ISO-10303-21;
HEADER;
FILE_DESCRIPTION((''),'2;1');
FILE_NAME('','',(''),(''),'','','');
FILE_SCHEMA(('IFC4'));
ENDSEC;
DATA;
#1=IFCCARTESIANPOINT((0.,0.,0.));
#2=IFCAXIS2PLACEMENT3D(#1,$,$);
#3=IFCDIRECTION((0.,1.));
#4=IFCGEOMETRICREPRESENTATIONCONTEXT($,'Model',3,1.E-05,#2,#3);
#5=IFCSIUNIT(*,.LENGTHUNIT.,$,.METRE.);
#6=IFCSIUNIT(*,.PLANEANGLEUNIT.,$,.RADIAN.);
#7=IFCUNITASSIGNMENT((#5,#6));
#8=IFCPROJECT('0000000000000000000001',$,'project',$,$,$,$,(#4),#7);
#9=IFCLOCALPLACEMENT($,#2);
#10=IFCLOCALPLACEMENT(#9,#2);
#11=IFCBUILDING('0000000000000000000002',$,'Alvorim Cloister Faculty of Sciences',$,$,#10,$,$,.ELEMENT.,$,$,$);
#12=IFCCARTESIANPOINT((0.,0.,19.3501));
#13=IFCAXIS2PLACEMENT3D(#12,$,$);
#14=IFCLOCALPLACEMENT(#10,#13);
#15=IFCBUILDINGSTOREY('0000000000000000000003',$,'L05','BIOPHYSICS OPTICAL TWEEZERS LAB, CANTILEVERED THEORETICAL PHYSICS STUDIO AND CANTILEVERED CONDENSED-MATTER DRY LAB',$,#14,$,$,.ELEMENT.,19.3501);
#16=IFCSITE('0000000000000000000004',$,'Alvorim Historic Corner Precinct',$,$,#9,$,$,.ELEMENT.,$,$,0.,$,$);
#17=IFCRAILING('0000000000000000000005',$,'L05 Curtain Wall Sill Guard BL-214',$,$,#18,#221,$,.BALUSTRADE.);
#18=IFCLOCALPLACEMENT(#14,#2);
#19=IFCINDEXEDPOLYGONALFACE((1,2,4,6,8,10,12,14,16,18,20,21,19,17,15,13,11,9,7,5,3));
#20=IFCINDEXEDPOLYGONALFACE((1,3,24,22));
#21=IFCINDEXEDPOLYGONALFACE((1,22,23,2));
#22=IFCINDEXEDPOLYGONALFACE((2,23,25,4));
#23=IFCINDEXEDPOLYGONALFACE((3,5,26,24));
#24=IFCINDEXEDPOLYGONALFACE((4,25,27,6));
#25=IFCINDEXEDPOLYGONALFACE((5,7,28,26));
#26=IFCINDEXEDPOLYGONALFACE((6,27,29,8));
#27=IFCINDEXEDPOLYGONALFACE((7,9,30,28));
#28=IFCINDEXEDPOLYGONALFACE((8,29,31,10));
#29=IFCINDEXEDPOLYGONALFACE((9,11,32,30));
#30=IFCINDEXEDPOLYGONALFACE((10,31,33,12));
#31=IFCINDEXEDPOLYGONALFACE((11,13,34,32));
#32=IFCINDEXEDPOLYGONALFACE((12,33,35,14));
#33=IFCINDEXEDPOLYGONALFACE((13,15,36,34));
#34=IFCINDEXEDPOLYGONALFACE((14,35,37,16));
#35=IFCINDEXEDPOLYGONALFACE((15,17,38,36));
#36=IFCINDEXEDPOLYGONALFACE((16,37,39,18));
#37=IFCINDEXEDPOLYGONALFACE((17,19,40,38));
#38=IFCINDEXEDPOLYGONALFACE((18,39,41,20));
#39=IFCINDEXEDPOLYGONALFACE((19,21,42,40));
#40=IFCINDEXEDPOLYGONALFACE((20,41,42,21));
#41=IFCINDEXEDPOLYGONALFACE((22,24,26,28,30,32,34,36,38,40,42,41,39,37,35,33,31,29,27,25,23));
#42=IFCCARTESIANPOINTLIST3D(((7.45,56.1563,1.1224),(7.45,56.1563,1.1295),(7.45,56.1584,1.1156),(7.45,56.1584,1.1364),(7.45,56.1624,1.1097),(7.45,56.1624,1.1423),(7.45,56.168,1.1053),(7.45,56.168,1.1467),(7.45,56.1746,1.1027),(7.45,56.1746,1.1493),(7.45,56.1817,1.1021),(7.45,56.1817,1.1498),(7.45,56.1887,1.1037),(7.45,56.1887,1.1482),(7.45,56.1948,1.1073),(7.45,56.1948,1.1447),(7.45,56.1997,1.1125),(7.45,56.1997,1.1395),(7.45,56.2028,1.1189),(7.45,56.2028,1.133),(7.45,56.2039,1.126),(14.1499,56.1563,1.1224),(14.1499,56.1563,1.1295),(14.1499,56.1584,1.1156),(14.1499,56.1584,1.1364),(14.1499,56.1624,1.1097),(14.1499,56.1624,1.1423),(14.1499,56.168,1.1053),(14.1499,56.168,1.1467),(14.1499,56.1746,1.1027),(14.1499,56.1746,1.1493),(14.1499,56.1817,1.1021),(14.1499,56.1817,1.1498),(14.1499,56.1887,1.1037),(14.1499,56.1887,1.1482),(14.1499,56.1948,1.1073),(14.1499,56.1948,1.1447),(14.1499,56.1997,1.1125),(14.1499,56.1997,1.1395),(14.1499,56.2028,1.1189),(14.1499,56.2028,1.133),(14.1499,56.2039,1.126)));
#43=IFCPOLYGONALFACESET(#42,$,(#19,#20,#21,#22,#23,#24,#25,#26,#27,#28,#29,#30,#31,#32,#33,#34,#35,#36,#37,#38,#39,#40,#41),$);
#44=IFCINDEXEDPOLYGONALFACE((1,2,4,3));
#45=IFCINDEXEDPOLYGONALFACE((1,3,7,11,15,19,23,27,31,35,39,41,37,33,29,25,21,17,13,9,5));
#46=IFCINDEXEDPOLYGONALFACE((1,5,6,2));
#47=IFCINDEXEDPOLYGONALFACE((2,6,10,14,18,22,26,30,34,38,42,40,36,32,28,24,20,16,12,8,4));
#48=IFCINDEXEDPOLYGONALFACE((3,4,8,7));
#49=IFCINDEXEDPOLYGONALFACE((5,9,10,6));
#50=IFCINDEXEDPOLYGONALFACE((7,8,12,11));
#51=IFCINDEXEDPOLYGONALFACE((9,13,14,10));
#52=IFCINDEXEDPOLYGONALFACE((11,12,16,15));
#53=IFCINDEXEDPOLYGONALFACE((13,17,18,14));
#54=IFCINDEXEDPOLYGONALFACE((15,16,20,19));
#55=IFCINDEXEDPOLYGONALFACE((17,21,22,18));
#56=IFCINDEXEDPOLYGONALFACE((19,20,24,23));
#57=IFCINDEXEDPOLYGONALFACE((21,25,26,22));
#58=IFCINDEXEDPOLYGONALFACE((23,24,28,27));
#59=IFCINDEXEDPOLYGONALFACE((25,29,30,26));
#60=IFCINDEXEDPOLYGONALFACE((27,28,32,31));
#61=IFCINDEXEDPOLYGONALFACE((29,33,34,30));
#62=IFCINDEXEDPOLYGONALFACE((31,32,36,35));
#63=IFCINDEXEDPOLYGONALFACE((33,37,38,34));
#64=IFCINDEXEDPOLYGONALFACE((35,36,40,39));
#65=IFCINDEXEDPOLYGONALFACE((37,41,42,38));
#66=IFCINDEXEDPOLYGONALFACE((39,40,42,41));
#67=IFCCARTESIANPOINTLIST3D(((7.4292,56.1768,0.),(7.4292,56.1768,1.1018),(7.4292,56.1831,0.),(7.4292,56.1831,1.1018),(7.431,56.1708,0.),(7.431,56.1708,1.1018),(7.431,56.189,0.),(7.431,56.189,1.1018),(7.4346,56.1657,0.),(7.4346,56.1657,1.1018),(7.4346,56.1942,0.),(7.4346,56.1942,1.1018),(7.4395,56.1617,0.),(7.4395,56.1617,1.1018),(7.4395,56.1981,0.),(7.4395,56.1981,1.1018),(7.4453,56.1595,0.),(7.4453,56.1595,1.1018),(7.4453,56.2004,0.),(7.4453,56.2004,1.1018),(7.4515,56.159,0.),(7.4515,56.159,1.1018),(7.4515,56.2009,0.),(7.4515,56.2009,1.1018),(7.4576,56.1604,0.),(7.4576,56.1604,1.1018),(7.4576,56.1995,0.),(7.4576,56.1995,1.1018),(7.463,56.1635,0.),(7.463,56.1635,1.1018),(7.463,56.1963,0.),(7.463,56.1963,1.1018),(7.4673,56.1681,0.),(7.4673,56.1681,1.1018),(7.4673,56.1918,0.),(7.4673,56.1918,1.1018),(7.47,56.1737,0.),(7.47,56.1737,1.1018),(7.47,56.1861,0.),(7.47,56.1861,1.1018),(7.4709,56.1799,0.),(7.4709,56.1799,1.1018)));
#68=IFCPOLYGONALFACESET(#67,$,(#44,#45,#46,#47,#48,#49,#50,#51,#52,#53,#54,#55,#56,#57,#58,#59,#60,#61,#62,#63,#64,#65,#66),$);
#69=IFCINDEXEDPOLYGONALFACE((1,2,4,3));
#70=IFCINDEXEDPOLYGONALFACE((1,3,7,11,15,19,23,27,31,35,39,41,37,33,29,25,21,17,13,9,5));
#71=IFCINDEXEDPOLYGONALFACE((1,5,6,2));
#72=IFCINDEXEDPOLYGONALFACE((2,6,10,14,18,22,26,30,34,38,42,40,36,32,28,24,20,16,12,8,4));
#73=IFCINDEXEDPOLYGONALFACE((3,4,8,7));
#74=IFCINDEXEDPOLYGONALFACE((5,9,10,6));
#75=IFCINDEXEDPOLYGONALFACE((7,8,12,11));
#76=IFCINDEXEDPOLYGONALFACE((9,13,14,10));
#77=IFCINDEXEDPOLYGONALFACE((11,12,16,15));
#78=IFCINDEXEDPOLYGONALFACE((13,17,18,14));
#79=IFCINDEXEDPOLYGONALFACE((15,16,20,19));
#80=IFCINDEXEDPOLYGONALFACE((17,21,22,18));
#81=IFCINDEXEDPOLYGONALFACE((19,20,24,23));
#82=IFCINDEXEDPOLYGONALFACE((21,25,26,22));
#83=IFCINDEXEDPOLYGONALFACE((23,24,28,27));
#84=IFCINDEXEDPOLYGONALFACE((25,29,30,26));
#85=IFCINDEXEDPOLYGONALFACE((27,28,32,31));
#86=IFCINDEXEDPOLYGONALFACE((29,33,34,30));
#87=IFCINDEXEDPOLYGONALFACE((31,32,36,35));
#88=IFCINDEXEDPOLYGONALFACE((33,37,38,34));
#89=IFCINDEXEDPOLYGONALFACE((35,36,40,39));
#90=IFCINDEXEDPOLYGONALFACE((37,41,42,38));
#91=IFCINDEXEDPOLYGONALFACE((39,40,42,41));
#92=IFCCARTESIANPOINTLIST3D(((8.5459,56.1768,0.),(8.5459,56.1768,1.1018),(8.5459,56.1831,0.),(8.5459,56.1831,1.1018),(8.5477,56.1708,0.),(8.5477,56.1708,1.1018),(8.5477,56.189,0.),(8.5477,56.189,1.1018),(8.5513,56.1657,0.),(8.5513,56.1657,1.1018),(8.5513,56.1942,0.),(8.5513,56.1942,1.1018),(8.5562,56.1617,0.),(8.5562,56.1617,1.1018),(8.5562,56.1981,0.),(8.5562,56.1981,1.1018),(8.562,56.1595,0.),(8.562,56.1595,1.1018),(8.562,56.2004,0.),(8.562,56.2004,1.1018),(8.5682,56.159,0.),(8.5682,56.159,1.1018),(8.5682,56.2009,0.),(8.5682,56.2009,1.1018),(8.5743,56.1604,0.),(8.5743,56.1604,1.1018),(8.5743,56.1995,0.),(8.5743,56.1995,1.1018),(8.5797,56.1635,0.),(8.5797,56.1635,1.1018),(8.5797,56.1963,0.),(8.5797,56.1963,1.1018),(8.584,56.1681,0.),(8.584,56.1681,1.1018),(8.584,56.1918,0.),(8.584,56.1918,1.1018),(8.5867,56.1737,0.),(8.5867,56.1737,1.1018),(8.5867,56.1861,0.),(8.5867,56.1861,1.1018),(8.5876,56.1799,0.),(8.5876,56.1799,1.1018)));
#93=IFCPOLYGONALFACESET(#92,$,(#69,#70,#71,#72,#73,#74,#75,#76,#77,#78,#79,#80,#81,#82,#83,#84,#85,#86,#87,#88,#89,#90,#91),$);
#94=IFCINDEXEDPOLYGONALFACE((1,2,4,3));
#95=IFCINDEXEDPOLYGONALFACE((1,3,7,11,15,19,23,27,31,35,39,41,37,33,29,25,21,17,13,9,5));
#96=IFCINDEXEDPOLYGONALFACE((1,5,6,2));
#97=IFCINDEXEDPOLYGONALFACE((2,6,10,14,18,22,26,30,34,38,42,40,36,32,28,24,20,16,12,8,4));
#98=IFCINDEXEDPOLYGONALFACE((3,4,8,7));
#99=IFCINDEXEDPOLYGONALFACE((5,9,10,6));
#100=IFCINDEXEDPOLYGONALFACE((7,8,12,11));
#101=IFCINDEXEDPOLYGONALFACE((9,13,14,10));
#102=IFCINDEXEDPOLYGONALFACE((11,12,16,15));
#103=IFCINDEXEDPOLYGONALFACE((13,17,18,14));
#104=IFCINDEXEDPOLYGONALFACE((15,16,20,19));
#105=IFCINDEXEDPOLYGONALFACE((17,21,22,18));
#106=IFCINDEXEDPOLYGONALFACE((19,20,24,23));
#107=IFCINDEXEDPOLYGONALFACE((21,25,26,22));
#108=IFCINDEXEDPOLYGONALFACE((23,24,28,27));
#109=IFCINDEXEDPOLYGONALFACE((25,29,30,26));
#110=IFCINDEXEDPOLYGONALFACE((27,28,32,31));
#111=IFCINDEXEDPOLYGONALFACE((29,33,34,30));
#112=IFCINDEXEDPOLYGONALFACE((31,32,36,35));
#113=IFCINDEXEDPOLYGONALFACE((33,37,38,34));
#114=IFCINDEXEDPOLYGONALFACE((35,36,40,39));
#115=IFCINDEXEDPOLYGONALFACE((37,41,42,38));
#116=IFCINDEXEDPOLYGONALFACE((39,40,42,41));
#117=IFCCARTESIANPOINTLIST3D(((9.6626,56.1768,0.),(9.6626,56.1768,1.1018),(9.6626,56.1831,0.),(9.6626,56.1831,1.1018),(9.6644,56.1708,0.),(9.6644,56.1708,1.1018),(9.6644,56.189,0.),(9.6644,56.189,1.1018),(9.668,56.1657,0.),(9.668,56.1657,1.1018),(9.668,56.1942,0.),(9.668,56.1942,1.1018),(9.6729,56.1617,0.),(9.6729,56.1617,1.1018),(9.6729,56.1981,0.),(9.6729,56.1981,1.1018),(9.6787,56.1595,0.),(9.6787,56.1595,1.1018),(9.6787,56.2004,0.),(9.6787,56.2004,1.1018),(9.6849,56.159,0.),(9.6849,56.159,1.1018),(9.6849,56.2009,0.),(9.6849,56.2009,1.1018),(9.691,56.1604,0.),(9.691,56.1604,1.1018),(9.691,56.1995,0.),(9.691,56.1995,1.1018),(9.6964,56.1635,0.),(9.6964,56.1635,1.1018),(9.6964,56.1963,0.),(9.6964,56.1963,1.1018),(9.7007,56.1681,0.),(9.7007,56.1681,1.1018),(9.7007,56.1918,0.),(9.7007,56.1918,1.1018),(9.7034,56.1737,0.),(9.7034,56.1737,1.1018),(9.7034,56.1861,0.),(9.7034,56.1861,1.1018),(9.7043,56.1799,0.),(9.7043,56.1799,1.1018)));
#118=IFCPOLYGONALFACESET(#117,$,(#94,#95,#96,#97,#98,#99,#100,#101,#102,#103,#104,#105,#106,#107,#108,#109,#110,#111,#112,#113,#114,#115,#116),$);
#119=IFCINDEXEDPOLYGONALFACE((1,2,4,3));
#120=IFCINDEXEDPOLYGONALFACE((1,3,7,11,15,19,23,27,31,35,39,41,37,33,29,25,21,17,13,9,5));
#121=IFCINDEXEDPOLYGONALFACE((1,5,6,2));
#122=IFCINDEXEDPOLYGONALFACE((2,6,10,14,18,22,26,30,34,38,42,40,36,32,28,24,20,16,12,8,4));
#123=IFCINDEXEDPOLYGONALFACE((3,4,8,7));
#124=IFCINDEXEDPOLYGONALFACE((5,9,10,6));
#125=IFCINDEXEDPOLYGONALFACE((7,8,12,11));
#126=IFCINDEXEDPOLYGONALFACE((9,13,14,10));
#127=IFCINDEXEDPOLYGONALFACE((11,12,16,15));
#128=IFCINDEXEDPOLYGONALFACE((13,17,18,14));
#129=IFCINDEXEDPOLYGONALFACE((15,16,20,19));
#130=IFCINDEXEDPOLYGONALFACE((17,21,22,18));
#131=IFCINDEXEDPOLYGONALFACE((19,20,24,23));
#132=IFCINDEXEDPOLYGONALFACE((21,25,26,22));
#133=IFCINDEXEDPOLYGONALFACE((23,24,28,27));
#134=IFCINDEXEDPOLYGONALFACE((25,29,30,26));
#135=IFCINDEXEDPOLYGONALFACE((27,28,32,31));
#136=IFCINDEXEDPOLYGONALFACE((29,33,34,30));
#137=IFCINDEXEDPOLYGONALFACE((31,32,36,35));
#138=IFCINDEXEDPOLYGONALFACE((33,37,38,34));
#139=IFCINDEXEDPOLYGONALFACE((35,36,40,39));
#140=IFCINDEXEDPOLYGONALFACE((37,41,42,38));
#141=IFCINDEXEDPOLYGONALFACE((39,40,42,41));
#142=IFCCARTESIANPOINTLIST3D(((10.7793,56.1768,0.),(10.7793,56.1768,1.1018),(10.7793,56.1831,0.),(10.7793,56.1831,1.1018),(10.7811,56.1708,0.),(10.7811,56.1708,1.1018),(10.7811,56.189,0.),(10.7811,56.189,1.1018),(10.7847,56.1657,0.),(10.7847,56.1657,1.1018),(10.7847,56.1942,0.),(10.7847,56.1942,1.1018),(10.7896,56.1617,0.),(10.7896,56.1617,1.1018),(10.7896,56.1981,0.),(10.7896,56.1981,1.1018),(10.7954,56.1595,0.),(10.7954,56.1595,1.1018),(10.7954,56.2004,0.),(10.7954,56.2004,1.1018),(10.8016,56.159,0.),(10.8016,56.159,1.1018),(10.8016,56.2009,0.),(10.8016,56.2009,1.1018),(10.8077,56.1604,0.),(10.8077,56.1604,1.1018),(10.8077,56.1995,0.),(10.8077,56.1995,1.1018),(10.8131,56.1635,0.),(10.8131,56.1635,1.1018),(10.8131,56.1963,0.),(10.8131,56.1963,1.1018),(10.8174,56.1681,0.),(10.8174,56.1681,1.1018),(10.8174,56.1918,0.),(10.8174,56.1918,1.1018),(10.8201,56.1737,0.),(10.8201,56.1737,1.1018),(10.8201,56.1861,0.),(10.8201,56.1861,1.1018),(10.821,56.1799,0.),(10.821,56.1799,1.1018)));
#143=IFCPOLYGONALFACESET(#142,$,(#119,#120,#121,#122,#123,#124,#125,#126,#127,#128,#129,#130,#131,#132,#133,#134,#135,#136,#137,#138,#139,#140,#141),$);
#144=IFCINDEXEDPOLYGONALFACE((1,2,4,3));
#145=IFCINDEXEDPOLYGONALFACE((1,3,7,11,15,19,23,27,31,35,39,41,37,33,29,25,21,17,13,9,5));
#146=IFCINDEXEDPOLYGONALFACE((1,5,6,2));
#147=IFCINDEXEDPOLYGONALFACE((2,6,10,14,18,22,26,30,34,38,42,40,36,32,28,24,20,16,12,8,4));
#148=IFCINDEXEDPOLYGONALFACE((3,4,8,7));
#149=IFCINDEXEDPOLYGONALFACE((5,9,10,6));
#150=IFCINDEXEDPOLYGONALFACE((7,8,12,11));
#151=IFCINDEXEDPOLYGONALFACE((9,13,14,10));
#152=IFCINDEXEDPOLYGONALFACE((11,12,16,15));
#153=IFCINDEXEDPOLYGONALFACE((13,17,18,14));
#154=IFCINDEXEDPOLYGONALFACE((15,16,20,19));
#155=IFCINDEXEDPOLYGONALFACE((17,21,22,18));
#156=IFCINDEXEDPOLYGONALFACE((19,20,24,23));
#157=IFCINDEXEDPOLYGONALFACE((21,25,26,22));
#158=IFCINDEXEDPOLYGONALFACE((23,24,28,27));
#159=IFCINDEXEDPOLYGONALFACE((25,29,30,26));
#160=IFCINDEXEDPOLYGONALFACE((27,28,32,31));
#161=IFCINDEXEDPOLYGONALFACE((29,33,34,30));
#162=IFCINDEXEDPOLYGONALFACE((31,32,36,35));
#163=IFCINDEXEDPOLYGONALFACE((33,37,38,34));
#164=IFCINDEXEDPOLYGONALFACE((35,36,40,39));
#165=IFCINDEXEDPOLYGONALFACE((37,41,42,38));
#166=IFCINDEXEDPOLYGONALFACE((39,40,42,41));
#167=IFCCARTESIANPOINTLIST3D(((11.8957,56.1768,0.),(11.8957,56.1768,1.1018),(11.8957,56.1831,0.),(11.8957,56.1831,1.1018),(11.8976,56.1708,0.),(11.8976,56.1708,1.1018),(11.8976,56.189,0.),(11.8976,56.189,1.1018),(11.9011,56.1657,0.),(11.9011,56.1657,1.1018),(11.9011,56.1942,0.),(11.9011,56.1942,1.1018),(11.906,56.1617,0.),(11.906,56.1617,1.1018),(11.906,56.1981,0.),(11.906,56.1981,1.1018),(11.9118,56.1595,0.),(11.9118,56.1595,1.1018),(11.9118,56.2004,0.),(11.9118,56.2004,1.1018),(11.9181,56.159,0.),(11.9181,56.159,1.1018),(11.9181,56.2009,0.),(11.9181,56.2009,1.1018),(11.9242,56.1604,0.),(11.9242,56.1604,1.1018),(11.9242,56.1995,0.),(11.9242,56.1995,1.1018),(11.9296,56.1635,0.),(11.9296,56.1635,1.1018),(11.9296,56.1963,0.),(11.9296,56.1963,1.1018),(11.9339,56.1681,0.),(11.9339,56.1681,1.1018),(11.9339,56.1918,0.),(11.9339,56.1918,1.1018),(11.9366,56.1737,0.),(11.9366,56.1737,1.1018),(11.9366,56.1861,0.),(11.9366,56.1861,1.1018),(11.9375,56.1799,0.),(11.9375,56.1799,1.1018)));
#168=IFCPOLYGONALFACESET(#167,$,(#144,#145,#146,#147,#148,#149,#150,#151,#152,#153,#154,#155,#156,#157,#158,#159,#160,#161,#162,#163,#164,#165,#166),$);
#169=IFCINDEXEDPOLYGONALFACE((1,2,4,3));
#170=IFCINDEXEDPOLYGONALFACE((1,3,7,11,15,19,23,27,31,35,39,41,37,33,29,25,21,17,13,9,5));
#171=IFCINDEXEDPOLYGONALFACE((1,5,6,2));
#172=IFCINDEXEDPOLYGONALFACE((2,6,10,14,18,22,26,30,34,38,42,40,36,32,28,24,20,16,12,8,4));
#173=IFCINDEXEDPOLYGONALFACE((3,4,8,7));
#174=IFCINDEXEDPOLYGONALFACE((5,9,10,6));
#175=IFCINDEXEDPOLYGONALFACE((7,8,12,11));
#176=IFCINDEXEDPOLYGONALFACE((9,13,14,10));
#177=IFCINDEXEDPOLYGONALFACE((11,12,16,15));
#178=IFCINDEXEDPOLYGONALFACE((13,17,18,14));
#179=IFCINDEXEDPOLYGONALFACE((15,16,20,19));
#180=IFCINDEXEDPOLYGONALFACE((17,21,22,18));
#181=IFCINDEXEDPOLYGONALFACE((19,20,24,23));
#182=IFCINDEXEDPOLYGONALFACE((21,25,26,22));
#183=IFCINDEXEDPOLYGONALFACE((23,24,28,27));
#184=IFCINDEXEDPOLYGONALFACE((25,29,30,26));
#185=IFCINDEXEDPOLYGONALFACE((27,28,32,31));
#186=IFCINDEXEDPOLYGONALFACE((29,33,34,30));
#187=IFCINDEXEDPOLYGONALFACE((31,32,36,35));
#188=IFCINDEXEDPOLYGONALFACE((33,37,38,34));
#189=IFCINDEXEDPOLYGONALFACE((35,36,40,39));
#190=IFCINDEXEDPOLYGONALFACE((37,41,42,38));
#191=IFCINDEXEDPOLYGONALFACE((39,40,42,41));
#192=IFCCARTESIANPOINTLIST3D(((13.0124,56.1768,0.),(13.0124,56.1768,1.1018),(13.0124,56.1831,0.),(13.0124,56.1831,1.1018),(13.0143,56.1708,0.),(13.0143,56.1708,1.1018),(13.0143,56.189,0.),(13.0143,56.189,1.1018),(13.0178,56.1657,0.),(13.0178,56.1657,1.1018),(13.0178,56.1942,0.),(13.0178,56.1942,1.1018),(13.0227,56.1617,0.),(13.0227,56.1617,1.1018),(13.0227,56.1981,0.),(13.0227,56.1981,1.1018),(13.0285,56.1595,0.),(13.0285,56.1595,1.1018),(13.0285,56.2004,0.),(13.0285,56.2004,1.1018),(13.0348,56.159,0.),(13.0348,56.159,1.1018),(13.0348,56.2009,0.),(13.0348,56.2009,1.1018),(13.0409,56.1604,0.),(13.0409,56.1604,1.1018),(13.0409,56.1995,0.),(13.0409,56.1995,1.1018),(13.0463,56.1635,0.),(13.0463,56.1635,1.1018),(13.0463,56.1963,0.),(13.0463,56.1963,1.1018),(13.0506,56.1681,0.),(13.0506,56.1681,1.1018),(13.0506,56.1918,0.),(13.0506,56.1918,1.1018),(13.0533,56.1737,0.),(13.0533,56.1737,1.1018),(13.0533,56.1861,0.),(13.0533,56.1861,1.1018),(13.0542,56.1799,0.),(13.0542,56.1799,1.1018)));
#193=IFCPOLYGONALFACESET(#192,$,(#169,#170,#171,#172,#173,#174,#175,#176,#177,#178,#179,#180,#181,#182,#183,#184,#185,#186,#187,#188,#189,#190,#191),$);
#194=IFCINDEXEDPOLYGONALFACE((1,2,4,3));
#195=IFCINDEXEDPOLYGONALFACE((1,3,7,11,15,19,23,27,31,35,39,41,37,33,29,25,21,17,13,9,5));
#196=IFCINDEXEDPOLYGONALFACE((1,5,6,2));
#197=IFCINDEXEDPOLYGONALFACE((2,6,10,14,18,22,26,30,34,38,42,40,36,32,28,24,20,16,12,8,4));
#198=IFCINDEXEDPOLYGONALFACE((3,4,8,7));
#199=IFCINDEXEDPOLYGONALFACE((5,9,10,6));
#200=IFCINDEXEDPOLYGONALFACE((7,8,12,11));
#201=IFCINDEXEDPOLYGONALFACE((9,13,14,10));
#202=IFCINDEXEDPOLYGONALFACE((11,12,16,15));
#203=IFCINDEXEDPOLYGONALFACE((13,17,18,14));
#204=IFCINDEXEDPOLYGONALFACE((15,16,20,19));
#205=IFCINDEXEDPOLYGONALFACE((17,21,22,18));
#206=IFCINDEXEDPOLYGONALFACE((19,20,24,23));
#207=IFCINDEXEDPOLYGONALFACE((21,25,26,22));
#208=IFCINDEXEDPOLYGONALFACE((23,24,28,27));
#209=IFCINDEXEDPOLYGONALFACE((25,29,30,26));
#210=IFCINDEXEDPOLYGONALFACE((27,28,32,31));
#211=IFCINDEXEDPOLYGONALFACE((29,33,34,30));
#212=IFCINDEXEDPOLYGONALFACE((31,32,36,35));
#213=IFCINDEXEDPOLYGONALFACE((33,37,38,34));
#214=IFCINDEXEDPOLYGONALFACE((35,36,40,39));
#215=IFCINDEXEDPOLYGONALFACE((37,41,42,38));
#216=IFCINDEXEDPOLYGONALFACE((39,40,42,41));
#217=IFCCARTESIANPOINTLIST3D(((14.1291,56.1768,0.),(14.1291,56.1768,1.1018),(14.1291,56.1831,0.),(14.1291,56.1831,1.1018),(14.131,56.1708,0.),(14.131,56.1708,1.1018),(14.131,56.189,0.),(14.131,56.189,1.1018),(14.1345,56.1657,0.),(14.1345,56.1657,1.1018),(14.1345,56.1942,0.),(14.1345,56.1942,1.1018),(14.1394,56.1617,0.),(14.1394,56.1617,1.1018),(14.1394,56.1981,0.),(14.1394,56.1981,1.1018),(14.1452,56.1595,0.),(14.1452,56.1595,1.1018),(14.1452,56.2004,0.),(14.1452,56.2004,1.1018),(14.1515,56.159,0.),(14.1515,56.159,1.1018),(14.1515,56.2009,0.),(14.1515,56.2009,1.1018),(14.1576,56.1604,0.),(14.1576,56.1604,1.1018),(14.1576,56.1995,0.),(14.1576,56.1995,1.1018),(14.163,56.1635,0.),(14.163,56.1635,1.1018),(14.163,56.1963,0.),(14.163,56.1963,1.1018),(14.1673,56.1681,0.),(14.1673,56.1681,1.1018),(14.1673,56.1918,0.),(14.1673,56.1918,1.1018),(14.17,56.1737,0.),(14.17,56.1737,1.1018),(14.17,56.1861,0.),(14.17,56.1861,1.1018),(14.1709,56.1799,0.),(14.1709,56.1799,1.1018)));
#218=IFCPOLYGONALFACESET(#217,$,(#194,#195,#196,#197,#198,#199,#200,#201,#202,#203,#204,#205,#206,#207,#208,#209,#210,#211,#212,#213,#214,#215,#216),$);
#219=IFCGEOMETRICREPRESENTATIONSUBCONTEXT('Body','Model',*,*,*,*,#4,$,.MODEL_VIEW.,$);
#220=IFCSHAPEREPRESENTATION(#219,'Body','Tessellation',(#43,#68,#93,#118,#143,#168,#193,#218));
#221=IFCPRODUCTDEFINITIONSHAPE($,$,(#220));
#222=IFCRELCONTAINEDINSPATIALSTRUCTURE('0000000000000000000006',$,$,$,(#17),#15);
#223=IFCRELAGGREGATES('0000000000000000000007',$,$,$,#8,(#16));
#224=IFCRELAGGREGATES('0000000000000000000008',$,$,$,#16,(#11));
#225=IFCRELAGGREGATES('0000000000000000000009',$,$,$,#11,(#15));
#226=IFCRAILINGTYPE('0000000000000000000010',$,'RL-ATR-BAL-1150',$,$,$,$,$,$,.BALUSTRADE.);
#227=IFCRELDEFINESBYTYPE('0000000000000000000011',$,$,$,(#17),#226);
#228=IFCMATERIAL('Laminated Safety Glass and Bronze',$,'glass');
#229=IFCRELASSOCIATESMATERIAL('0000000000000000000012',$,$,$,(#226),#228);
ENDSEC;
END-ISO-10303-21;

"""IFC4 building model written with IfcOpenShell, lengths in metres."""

from ifc_helpers import new_model, si_unit, direction, frame, origin, origin_2d, place, context, subcontext, project, spatial, circle, extrude, material, type_object, element, save


model = new_model("IFC4")

# Units and contexts
model_context = context("Model", 3, precision=1e-05, world=origin(), true_north=direction((0.0, 1.0)))
body_context = subcontext(model_context, "Body", "Model", "MODEL_VIEW")
ifc_project = project(units=[si_unit("LENGTHUNIT", "METRE"), si_unit("PLANEANGLEUNIT", "RADIAN")], contexts=[model_context])

# Site, building, storey
site_placement = place(None, origin())
site = spatial("IfcSite", under=ifc_project, at=site_placement, Name="Alvorim Historic Corner Precinct", CompositionType="ELEMENT", RefElevation=0.0)
building_placement = place(site_placement, origin())
building = spatial("IfcBuilding", under=site, at=building_placement, Name="Alvorim Cloister Faculty of Sciences", CompositionType="ELEMENT")
storey_placement = place(building_placement, frame((0.0, 0.0, 19.3501)))
storey = spatial("IfcBuildingStorey", under=building, at=storey_placement, Name="L05", Description="BIOPHYSICS OPTICAL TWEEZERS LAB, CANTILEVERED THEORETICAL PHYSICS STUDIO AND CANTILEVERED CONDENSED-MATTER DRY LAB", CompositionType="ELEMENT", Elevation=19.3501)

# Railing
ifc_material_1 = material(Name="Laminated Safety Glass and Bronze", Category="glass")
railing_type = type_object("IfcRailingType", Name="RL-ATR-BAL-1150", PredefinedType="BALUSTRADE", material=ifc_material_1)
railing_1_placement = place(storey_placement, frame((7.45, 56.1799, 0.0)))
element("IfcRailing", 1, at=railing_1_placement, inside=storey, type_object=railing_type, Name="L05 Curtain Wall Sill Guard BL-214", PredefinedType="BALUSTRADE", context=body_context, shape_type="SweptSolid", body=[
    extrude(circle(Radius=0.0239, at=origin_2d()), frame((0.0, 0.0, 1.126), z_axis=(1.0, 0.0, 0.0), x_axis=(0.0, 1.0, 0.0)), (0.0, 0.0, 1.0), 6.7),
    extrude(circle(Radius=0.021, at=origin_2d()), origin(), (0.0, 0.0, 1.0), 1.1018),
    extrude(circle(Radius=0.021, at=origin_2d()), frame((1.1167, 0.0, 0.0)), (0.0, 0.0, 1.0), 1.1018),
    extrude(circle(Radius=0.021, at=origin_2d()), frame((2.2334, 0.0, 0.0)), (0.0, 0.0, 1.0), 1.1018),
    extrude(circle(Radius=0.021, at=origin_2d()), frame((3.3501, 0.0, 0.0)), (0.0, 0.0, 1.0), 1.1018),
    extrude(circle(Radius=0.021, at=origin_2d()), frame((4.4666, 0.0, 0.0)), (0.0, 0.0, 1.0), 1.1018),
    extrude(circle(Radius=0.021, at=origin_2d()), frame((5.5833, 0.0, 0.0)), (0.0, 0.0, 1.0), 1.1018),
    extrude(circle(Radius=0.021, at=origin_2d()), frame((6.7, 0.0, 0.0)), (0.0, 0.0, 1.0), 1.1018),
])

save(model, "model.ifc")
